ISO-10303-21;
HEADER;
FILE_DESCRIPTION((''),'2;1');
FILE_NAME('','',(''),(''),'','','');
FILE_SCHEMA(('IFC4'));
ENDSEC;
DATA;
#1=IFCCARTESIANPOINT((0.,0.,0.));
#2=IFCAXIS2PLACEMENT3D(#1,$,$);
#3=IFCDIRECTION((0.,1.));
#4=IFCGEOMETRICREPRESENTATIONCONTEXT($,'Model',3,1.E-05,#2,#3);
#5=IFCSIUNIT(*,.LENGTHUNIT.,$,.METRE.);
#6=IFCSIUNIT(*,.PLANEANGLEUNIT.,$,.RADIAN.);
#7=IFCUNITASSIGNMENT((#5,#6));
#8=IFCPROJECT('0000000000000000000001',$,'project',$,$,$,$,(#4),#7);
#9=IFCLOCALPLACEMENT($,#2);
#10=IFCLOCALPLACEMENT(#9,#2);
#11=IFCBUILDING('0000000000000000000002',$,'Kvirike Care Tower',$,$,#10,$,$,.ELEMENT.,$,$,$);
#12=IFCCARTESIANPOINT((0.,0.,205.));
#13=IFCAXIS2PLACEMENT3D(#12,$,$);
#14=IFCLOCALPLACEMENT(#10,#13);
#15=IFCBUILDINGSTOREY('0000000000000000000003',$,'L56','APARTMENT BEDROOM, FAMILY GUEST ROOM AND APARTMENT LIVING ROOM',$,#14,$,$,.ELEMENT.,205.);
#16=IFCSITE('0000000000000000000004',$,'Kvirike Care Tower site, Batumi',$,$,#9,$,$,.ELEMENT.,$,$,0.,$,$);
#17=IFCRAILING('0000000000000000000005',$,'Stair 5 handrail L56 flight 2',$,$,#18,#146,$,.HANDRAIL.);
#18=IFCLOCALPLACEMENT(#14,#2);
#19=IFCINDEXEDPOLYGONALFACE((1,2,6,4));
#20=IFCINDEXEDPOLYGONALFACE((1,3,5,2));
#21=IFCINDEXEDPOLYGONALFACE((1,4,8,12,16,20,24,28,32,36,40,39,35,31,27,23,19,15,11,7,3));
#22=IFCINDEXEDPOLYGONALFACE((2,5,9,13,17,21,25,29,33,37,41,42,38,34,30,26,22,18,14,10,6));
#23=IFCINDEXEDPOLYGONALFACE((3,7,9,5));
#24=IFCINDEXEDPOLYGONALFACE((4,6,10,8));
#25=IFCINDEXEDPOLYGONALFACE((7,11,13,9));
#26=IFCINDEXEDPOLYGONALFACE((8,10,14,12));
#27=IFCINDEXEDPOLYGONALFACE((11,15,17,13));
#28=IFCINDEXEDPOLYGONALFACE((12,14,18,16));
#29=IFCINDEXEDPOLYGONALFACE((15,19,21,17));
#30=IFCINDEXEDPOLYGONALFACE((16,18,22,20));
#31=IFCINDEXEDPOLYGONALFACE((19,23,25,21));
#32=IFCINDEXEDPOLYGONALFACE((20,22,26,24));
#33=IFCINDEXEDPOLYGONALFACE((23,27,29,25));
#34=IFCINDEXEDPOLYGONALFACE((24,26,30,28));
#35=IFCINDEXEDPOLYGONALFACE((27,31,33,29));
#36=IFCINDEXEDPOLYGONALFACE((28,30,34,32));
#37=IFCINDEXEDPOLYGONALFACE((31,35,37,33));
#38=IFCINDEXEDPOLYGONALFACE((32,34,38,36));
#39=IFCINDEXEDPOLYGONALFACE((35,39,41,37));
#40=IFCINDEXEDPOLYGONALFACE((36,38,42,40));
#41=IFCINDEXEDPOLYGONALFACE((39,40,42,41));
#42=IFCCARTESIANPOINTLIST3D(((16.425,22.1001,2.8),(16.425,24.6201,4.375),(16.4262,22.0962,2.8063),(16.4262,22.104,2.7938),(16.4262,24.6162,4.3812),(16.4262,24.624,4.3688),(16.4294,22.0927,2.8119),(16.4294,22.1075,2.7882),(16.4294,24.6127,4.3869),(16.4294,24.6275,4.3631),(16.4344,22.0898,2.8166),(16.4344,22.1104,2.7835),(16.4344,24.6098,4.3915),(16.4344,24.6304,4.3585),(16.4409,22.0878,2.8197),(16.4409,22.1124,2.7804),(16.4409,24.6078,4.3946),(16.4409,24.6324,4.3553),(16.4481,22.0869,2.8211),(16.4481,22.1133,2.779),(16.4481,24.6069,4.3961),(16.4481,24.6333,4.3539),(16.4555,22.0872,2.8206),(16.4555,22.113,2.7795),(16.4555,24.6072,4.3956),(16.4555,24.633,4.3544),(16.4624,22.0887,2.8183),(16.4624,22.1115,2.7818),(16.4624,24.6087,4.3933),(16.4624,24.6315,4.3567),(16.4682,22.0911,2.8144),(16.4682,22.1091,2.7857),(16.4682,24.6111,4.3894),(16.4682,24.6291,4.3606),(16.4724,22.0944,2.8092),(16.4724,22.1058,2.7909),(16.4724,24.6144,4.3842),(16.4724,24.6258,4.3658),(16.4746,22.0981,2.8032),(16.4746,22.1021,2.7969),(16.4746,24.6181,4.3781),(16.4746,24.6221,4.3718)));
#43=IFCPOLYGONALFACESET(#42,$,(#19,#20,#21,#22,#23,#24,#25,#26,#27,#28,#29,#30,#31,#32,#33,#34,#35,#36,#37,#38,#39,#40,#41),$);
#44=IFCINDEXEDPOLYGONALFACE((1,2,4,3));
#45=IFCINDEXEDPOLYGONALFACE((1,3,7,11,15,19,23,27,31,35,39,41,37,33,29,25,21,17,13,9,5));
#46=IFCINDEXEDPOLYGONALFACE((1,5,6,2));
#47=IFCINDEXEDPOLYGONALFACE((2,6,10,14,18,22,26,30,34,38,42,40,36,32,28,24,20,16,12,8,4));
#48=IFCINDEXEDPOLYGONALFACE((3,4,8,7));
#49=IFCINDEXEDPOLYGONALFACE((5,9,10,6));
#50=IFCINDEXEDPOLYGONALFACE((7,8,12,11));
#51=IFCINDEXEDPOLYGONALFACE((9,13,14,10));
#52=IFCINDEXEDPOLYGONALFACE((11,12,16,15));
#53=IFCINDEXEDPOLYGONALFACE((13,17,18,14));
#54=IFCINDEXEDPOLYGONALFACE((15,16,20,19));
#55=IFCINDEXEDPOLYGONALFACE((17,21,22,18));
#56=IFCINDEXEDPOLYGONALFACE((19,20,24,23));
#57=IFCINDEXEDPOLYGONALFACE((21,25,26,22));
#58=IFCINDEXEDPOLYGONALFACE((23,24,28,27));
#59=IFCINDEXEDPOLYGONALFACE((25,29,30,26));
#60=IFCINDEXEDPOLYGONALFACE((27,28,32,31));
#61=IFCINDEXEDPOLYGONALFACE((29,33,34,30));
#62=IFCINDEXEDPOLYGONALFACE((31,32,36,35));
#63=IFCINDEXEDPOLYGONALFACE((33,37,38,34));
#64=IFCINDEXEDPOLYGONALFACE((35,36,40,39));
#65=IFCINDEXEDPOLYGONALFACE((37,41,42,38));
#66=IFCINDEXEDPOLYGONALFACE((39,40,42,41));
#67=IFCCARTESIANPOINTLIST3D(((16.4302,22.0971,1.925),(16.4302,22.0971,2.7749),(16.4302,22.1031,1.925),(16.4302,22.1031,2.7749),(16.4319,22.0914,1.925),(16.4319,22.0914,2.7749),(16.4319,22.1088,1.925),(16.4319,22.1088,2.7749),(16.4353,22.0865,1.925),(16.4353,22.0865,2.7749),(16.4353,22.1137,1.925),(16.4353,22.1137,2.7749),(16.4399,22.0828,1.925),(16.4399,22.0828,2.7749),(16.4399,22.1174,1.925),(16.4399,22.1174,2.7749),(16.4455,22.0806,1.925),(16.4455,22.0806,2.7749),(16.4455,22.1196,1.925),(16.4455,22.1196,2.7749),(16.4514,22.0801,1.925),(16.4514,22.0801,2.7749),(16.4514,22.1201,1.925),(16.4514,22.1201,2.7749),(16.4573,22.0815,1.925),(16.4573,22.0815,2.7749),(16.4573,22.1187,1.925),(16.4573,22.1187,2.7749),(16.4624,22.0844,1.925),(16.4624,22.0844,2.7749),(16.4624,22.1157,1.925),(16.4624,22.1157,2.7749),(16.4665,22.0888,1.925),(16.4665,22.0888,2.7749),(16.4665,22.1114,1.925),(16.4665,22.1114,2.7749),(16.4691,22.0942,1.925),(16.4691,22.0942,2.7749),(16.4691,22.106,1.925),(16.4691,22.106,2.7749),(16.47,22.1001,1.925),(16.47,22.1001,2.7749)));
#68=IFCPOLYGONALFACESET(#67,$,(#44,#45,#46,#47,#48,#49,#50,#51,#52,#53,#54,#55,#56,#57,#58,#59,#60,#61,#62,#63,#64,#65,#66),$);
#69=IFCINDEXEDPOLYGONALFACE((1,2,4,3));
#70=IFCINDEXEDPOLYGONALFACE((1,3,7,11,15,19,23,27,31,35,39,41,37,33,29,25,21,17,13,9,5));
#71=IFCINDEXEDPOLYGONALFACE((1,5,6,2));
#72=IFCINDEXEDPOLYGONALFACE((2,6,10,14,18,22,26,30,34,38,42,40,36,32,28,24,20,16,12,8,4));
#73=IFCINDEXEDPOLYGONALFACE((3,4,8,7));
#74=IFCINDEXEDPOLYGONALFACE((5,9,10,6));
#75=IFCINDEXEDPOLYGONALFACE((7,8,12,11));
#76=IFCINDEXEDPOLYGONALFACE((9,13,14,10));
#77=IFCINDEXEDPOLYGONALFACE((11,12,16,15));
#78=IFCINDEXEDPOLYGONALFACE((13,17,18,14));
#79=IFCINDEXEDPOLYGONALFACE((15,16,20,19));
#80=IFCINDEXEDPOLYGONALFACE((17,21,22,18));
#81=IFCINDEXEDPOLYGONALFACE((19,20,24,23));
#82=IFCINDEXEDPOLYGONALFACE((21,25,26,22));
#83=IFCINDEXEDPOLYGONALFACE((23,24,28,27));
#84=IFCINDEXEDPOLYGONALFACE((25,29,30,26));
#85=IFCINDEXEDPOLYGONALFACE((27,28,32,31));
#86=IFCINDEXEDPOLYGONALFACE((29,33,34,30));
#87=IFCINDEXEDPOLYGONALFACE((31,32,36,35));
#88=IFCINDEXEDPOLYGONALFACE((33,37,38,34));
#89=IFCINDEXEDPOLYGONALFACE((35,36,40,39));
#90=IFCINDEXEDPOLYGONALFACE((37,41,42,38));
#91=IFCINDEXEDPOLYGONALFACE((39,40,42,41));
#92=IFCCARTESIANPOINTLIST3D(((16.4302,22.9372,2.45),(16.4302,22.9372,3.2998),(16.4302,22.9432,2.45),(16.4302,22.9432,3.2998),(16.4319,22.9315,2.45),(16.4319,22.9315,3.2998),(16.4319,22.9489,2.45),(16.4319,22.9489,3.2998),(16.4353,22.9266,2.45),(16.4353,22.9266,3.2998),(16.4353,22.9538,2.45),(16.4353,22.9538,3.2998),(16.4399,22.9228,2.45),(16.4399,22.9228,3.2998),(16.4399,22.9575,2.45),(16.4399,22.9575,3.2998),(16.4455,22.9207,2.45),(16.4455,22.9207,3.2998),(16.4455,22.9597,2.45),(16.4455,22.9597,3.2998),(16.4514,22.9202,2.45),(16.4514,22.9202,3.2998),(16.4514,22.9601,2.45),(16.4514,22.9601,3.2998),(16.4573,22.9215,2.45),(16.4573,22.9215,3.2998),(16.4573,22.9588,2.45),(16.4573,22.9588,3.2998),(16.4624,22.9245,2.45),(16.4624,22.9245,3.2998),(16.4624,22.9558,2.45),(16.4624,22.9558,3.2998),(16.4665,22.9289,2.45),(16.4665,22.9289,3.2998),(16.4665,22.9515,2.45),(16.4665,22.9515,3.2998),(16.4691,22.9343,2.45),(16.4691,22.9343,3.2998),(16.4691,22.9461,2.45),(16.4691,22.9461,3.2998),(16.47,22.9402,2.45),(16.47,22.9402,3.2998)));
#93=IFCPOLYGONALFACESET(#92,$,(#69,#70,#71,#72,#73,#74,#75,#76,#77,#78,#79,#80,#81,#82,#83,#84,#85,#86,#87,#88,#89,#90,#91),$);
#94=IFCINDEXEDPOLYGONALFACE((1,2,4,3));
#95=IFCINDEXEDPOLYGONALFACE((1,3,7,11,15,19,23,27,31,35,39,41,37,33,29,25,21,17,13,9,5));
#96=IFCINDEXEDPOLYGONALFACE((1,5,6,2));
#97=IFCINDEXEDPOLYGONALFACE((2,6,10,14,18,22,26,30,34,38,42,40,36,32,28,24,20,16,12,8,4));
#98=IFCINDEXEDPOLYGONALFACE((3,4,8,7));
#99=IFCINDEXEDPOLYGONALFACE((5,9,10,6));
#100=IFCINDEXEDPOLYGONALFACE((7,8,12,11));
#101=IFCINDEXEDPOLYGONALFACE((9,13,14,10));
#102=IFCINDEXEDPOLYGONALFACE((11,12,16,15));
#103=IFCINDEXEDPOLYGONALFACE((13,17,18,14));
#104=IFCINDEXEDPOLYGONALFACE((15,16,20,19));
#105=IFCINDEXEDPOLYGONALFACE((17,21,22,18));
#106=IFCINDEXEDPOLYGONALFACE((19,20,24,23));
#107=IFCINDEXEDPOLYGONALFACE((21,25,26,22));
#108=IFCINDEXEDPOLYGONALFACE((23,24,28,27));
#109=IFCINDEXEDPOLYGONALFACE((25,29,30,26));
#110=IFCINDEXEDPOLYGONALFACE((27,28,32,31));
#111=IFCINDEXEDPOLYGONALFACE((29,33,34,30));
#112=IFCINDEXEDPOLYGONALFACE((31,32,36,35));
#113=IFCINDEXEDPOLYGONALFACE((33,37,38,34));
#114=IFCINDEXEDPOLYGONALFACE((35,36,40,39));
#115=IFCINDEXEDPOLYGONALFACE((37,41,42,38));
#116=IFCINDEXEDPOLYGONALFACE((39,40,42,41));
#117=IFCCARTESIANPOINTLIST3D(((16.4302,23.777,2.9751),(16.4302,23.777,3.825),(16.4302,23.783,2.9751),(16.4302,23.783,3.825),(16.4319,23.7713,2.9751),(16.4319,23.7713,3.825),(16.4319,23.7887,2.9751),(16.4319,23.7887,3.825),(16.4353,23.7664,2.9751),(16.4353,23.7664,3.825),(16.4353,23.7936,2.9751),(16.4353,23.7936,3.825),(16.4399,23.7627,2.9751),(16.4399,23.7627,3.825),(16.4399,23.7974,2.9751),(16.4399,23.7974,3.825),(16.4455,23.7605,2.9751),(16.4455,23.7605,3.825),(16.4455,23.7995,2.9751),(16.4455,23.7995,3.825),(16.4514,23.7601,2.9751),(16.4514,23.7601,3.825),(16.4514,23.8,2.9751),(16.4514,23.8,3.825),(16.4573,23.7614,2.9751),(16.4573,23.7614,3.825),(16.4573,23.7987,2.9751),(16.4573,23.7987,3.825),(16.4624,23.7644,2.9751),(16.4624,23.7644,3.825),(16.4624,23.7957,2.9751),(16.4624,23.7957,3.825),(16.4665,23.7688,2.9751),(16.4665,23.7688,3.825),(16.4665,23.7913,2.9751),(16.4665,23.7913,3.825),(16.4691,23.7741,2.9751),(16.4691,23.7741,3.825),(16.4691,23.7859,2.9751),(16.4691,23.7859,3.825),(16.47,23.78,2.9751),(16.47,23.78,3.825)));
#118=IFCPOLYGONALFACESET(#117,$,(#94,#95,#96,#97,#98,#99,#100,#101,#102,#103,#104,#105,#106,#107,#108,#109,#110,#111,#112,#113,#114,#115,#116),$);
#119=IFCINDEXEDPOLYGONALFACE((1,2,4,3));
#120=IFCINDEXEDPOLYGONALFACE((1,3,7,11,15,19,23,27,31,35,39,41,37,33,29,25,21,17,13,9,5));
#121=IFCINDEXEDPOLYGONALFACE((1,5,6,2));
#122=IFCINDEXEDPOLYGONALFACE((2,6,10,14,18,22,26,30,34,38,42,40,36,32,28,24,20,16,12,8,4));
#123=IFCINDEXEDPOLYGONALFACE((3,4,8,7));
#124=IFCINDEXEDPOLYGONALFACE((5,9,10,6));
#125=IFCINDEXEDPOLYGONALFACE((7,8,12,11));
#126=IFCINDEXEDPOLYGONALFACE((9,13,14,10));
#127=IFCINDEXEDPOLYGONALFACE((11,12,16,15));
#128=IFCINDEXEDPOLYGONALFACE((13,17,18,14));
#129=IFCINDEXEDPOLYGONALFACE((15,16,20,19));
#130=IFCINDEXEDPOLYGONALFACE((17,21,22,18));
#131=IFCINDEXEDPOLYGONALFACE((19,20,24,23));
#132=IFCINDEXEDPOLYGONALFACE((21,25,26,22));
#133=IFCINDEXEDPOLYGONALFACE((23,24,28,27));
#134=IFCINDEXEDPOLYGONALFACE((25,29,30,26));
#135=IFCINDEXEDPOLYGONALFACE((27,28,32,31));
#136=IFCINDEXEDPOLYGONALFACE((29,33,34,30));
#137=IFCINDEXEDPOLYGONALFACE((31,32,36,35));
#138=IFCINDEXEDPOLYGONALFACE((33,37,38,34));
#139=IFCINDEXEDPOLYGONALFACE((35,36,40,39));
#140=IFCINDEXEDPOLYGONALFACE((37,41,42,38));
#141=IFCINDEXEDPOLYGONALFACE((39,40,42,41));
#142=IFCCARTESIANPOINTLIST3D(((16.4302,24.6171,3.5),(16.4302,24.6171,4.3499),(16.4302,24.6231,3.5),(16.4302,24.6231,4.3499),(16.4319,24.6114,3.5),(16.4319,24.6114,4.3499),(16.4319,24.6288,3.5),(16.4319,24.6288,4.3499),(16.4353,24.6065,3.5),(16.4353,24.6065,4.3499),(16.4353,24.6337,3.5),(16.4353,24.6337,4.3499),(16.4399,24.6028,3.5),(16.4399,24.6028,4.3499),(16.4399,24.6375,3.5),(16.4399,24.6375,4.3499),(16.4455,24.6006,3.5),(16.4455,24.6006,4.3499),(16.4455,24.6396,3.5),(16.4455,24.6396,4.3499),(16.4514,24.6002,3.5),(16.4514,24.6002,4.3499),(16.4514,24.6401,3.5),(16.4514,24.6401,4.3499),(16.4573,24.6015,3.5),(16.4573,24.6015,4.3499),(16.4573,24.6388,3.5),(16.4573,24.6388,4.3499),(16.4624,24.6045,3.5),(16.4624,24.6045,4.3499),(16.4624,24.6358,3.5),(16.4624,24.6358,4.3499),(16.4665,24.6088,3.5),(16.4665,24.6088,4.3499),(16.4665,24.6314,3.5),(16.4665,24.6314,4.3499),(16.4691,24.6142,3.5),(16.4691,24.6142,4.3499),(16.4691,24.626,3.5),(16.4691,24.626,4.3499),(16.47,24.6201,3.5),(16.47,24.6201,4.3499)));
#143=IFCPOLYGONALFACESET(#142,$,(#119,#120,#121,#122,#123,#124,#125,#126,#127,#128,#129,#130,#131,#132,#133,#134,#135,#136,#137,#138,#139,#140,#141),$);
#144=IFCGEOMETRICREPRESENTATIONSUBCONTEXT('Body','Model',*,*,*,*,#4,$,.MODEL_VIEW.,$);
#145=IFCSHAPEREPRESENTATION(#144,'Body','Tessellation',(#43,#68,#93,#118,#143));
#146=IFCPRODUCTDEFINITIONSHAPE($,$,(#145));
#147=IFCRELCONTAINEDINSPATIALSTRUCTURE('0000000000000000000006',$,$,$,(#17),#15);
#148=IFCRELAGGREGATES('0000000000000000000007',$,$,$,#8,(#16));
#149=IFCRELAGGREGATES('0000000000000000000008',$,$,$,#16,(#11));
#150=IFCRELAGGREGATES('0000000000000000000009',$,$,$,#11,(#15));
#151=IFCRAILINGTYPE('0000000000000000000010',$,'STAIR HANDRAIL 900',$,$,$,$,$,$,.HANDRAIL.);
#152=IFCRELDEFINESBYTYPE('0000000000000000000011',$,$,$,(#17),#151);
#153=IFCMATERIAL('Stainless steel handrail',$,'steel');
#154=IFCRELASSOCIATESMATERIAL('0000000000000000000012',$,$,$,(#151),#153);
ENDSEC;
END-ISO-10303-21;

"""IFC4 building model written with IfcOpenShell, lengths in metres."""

from ifc_helpers import new_model, si_unit, direction, frame, origin, origin_2d, place, context, subcontext, project, spatial, circle, extrude, material, type_object, element, save


model = new_model("IFC4")

# Units and contexts
model_context = context("Model", 3, precision=1e-05, world=origin(), true_north=direction((0.0, 1.0)))
body_context = subcontext(model_context, "Body", "Model", "MODEL_VIEW")
ifc_project = project(units=[si_unit("LENGTHUNIT", "METRE"), si_unit("PLANEANGLEUNIT", "RADIAN")], contexts=[model_context])

# Site, building, storey
site_placement = place(None, origin())
site = spatial("IfcSite", under=ifc_project, at=site_placement, Name="Kvirike Care Tower site, Batumi", CompositionType="ELEMENT", RefElevation=0.0)
building_placement = place(site_placement, origin())
building = spatial("IfcBuilding", under=site, at=building_placement, Name="Kvirike Care Tower", CompositionType="ELEMENT")
storey_placement = place(building_placement, frame((0.0, 0.0, 205.0)))
storey = spatial("IfcBuildingStorey", under=building, at=storey_placement, Name="L56", Description="APARTMENT BEDROOM, FAMILY GUEST ROOM AND APARTMENT LIVING ROOM", CompositionType="ELEMENT", Elevation=205.0)

# Railing
ifc_material_1 = material(Name="Stainless steel handrail", Category="steel")
railing_type = type_object("IfcRailingType", Name="STAIR HANDRAIL 900", PredefinedType="HANDRAIL", material=ifc_material_1)
railing_placement = place(storey_placement, frame((16.45, 22.1001, 1.925)))
element("IfcRailing", 1, at=railing_placement, inside=storey, type_object=railing_type, Name="Stair 5 handrail L56 flight 2", PredefinedType="HANDRAIL", context=body_context, shape_type="SweptSolid", body=[
    extrude(circle(Radius=0.0249, at=origin_2d()), frame((0.0, 0.0, 0.875), z_axis=(0.0, 0.848008, 0.529984), x_axis=(-1.0, 0.0, 0.0)), (0.0, 0.0, 1.0), 2.9717),
    extrude(circle(Radius=0.02, at=origin_2d()), origin(), (0.0, 0.0, 1.0), 0.8499),
    extrude(circle(Radius=0.02, at=origin_2d()), frame((0.0, 0.8401, 0.5249)), (0.0, 0.0, 1.0), 0.8499),
    extrude(circle(Radius=0.02, at=origin_2d()), frame((0.0, 1.6799, 1.05)), (0.0, 0.0, 1.0), 0.8499),
    extrude(circle(Radius=0.02, at=origin_2d()), frame((0.0, 2.52, 1.575)), (0.0, 0.0, 1.0), 0.8499),
])

save(model, "model.ifc")
